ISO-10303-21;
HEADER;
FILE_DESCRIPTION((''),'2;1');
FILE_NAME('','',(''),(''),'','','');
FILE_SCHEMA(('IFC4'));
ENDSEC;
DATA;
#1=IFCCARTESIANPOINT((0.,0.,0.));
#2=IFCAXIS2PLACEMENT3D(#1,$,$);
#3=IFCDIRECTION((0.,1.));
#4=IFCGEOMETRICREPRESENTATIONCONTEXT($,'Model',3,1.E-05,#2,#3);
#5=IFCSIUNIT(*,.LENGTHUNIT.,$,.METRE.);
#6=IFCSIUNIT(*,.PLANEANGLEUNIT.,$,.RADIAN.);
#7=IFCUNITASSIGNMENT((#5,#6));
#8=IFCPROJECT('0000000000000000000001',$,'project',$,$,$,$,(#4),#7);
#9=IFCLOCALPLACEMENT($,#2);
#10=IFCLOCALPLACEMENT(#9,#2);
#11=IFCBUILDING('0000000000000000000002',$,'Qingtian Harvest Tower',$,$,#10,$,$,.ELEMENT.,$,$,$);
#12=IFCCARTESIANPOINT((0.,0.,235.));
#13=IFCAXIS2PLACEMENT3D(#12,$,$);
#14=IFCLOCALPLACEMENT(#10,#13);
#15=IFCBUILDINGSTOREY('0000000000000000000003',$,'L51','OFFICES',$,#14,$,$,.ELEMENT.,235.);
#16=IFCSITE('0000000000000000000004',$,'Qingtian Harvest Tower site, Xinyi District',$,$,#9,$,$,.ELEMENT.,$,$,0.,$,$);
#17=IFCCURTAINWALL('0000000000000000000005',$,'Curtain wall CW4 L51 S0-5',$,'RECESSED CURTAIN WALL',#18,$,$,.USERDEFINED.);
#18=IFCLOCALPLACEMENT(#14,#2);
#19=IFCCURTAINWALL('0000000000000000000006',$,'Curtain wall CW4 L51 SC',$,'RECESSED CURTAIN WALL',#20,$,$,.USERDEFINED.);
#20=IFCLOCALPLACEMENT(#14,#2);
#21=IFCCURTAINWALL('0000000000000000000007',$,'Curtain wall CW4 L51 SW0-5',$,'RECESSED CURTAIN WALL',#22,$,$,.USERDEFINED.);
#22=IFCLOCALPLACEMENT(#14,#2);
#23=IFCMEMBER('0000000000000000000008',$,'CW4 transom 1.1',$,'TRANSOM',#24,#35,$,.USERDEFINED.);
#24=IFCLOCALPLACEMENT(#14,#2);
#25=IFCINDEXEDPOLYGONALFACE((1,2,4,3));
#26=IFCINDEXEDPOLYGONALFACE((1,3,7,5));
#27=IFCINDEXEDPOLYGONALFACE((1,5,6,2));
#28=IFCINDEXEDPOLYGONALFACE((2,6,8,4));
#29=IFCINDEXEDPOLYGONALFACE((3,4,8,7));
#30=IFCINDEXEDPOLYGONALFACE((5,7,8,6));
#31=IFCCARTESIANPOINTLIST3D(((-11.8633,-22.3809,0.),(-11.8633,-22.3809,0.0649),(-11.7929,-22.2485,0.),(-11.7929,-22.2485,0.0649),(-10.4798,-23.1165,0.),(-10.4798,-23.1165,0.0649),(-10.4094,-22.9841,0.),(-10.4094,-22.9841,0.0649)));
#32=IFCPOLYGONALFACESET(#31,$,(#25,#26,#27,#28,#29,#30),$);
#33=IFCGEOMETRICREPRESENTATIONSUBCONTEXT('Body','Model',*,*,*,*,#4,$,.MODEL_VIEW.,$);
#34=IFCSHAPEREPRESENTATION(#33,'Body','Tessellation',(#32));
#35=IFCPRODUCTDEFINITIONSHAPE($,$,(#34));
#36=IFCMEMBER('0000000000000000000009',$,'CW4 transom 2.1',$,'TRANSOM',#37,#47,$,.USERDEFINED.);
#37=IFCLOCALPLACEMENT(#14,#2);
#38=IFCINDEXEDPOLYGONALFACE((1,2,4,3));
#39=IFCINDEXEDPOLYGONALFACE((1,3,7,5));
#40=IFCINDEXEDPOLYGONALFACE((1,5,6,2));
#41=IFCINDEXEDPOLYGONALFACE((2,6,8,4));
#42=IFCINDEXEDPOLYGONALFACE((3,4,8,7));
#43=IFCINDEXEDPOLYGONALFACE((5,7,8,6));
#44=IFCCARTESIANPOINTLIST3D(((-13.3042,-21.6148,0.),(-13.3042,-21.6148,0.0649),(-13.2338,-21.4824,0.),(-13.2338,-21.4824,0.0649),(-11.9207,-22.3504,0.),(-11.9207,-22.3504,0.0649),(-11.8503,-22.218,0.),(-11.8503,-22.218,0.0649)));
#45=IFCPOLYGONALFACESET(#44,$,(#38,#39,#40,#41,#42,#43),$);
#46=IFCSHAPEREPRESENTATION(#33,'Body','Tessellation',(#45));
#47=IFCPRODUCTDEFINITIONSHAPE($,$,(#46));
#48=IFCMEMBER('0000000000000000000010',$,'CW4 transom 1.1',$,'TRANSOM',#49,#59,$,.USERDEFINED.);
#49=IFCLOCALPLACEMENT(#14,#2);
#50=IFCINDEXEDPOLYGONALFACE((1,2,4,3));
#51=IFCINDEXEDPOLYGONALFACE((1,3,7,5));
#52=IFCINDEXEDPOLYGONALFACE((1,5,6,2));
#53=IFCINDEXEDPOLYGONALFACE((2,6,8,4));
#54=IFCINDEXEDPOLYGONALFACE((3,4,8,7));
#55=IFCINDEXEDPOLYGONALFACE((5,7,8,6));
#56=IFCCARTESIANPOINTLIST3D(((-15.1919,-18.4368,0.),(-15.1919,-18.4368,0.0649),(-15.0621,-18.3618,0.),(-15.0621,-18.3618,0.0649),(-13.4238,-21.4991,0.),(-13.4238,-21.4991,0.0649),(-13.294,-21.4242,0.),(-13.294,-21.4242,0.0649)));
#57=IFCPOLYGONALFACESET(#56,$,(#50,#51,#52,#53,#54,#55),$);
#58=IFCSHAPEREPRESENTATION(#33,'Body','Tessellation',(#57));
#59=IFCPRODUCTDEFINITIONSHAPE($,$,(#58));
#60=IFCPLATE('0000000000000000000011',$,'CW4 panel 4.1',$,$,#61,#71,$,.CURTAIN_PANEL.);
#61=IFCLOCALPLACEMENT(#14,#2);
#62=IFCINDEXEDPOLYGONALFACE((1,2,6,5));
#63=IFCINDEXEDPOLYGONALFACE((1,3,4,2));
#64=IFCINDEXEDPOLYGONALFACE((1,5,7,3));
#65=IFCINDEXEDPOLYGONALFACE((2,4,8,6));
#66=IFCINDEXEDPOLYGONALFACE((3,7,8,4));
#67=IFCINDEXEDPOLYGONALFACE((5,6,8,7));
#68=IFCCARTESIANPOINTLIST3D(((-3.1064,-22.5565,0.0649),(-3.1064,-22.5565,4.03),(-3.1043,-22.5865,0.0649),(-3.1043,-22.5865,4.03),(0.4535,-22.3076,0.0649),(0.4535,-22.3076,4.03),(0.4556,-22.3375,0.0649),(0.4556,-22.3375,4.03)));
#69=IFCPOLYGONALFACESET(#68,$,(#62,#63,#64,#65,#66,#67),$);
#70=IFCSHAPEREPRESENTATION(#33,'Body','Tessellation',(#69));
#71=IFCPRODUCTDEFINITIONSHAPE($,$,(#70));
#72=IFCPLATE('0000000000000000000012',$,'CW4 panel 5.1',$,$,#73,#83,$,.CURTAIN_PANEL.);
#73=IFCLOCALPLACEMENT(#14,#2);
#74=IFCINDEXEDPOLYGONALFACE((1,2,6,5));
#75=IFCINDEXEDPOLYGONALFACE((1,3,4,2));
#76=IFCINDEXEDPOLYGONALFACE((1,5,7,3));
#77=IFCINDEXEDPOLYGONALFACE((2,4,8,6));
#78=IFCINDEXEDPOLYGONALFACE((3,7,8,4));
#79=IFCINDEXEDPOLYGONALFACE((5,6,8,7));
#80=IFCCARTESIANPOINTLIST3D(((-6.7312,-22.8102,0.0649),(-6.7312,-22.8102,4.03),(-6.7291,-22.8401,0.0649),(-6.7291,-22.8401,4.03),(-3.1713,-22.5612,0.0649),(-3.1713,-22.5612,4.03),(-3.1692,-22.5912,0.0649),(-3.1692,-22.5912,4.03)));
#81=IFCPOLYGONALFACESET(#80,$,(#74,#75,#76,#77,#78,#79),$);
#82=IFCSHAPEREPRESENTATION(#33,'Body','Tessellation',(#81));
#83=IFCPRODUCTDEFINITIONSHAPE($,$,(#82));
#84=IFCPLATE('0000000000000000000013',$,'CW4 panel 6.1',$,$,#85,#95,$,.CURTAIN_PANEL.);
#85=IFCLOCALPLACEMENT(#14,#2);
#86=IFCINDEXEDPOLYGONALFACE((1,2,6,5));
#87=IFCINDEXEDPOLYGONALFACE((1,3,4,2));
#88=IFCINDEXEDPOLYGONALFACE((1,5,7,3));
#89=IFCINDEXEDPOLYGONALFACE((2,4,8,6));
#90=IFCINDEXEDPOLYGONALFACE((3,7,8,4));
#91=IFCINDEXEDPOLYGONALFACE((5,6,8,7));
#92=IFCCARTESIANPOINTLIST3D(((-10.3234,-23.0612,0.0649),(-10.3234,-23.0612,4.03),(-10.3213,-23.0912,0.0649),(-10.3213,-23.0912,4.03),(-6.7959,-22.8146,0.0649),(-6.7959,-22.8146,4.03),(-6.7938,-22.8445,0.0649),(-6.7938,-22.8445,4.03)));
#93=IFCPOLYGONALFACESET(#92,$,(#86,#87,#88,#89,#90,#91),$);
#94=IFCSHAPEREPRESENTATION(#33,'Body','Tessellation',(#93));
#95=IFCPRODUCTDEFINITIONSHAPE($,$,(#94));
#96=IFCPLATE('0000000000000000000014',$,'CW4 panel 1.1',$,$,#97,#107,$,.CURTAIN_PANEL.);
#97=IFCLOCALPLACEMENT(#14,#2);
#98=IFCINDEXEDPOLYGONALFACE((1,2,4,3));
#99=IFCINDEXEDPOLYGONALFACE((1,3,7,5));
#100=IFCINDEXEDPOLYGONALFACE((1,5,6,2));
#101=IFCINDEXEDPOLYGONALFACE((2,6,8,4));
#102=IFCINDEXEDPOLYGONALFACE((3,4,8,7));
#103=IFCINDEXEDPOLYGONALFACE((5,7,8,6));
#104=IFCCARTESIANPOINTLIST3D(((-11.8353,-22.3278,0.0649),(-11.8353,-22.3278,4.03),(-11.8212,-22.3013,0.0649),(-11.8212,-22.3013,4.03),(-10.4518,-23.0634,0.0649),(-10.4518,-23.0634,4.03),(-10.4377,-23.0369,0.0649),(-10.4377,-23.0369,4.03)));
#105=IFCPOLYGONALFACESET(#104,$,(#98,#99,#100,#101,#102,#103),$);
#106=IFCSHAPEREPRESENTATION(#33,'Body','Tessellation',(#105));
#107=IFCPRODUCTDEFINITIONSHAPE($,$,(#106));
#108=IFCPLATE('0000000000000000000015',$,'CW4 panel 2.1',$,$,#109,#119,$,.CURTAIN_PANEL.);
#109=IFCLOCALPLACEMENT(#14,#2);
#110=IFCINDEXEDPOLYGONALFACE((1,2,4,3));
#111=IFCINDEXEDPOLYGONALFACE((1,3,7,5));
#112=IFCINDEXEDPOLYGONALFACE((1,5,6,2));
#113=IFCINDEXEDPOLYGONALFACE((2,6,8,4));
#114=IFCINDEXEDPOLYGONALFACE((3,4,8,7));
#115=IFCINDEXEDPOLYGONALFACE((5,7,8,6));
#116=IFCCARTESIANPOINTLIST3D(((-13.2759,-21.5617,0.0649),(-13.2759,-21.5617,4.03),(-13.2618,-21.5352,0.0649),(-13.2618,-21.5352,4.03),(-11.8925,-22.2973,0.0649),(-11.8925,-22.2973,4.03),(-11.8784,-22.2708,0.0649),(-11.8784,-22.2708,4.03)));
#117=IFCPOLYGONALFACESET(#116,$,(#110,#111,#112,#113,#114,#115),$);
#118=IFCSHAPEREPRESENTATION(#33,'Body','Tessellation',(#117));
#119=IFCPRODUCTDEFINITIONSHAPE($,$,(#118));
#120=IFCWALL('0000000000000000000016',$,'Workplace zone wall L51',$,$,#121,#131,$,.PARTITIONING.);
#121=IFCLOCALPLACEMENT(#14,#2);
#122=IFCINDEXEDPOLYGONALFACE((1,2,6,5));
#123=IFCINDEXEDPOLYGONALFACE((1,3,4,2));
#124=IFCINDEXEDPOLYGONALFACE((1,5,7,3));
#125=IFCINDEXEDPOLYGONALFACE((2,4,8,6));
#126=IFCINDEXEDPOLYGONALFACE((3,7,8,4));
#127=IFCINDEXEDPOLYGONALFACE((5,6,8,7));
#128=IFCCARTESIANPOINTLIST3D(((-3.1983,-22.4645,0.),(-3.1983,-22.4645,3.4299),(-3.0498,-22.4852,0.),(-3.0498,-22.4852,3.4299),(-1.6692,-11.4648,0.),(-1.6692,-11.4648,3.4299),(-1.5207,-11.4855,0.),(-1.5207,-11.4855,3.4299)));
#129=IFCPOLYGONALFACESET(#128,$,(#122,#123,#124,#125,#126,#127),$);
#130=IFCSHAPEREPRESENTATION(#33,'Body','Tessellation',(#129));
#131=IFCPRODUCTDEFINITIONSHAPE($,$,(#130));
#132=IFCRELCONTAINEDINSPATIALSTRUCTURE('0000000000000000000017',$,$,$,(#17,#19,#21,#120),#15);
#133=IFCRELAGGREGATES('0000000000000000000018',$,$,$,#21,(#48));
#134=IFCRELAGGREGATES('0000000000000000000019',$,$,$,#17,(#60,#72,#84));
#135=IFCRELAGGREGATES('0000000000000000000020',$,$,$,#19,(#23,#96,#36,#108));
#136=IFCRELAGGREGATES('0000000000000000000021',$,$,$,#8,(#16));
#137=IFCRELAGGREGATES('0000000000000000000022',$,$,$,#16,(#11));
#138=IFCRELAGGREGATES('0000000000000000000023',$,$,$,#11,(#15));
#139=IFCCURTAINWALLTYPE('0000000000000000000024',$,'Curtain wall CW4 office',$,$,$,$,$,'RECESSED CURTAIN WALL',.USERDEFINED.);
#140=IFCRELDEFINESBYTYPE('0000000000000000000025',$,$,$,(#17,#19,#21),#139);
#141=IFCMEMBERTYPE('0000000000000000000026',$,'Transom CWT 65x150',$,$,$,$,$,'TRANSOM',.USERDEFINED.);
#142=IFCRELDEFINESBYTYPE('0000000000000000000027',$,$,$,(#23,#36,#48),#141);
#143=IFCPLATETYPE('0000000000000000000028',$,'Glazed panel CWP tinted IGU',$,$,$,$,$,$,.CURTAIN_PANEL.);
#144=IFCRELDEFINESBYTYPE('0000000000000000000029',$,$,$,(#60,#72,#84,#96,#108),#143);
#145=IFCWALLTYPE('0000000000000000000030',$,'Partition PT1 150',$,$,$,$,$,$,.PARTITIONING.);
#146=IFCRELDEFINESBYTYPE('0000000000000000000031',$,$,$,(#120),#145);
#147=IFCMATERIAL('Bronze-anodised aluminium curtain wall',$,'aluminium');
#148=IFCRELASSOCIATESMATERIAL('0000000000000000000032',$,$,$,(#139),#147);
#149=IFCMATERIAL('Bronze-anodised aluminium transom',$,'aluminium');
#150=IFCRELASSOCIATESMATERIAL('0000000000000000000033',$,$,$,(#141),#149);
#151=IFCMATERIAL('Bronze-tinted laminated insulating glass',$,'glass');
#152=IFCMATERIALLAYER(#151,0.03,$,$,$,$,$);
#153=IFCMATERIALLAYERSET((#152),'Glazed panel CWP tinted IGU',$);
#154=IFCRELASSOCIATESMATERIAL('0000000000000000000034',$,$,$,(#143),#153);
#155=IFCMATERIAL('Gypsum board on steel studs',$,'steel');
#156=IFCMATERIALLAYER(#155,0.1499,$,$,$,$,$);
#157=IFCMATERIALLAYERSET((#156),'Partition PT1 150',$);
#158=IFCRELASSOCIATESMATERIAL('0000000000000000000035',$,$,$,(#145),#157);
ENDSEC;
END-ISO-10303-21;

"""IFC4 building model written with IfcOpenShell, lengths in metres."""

from ifc_helpers import new_model, si_unit, direction, frame, frame_2d, origin, origin_2d, place, context, subcontext, project, spatial, rectangle, extrude, material, layer, layer_set, material_profile, profile_set, type_object, element, aggregate, save


model = new_model("IFC4")

# Units and contexts
model_context = context("Model", 3, precision=1e-05, world=origin(), true_north=direction((0.0, 1.0)))
body_context = subcontext(model_context, "Body", "Model", "MODEL_VIEW")
ifc_project = project(units=[si_unit("LENGTHUNIT", "METRE"), si_unit("PLANEANGLEUNIT", "RADIAN")], contexts=[model_context])

# Site, building, storey
site_placement = place(None, origin())
site = spatial("IfcSite", under=ifc_project, at=site_placement, Name="Qingtian Harvest Tower site, Xinyi District", CompositionType="ELEMENT", RefElevation=0.0)
building_placement = place(site_placement, origin())
building = spatial("IfcBuilding", under=site, at=building_placement, Name="Qingtian Harvest Tower", CompositionType="ELEMENT")
storey_placement = place(building_placement, frame((0.0, 0.0, 235.0)))
storey = spatial("IfcBuildingStorey", under=building, at=storey_placement, Name="L51", Description="OFFICES", CompositionType="ELEMENT", Elevation=235.0)

# Curtain walls
ifc_material_1 = material(Name="Bronze-anodised aluminium curtain wall", Category="aluminium")
curtain_wall_type = type_object("IfcCurtainWallType", Name="Curtain wall CW4 office", ElementType="RECESSED CURTAIN WALL", PredefinedType="USERDEFINED", material=ifc_material_1)
curtain_wall_1_placement = place(storey_placement, origin())
curtain_wall_1 = element("IfcCurtainWall", 1, at=curtain_wall_1_placement, inside=storey, type_object=curtain_wall_type, Name="Curtain wall CW4 L51 S0-5", ObjectType="RECESSED CURTAIN WALL", PredefinedType="USERDEFINED")
curtain_wall_2_placement = place(storey_placement, origin())
curtain_wall_2 = element("IfcCurtainWall", 2, at=curtain_wall_2_placement, inside=storey, type_object=curtain_wall_type, Name="Curtain wall CW4 L51 SC", ObjectType="RECESSED CURTAIN WALL", PredefinedType="USERDEFINED")

# Curtain wall
curtain_wall_3_placement = place(storey_placement, origin())
curtain_wall_3 = element("IfcCurtainWall", 3, at=curtain_wall_3_placement, inside=storey, type_object=curtain_wall_type, Name="Curtain wall CW4 L51 SW0-5", ObjectType="RECESSED CURTAIN WALL", PredefinedType="USERDEFINED")

# Members
ifc_material_2 = material(Name="Bronze-anodised aluminium transom", Category="aluminium")
ifc_material_profile_1 = material_profile(ifc_material_2, rectangle(XDim=0.1499, YDim=0.0649, at=origin_2d()), Name="AL 65x150")
ifc_profile_set_1 = profile_set([ifc_material_profile_1], Name="Bronze-anodised aluminium transom")
member_type_1 = type_object("IfcMemberType", Name="Transom CWT 65x150", ElementType="TRANSOM", PredefinedType="USERDEFINED", material=ifc_profile_set_1)
member_1_placement = place(storey_placement, frame((-10.4446, -23.0503, 0.0325), z_axis=(-0.88296, 0.469448, 0.0), x_axis=(-0.469448, -0.88296, 0.0)))
member_1 = element("IfcMember", 4, at=member_1_placement, type_object=member_type_1, Name="CW4 transom 1.1", ObjectType="TRANSOM", PredefinedType="USERDEFINED", context=body_context, shape_type="SweptSolid", body=[
    extrude(rectangle(XDim=0.1499, YDim=0.0649, at=origin_2d()), origin(), (0.0, 0.0, 1.0), 1.5669),
])
member_2_placement = place(storey_placement, frame((-11.8855, -22.2842, 0.0325), z_axis=(-0.88296, 0.469448, 0.0), x_axis=(-0.469448, -0.88296, 0.0)))
member_2 = element("IfcMember", 5, at=member_2_placement, type_object=member_type_1, Name="CW4 transom 2.1", ObjectType="TRANSOM", PredefinedType="USERDEFINED", context=body_context, shape_type="SweptSolid", body=[
    extrude(rectangle(XDim=0.1499, YDim=0.0649, at=origin_2d()), origin(), (0.0, 0.0, 1.0), 1.5669),
])
member_3_placement = place(storey_placement, frame((-13.3589, -21.4617, 0.0325), z_axis=(-0.500015, 0.866017, 0.0), x_axis=(-0.866017, -0.500015, 0.0)))
member_3 = element("IfcMember", 6, at=member_3_placement, type_object=member_type_1, Name="CW4 transom 1.1", ObjectType="TRANSOM", PredefinedType="USERDEFINED", context=body_context, shape_type="SweptSolid", body=[
    extrude(rectangle(XDim=0.1499, YDim=0.0649, at=origin_2d()), origin(), (0.0, 0.0, 1.0), 3.5361),
])
aggregate(curtain_wall_3, [member_3])

# Plates
ifc_material_3 = material(Name="Bronze-tinted laminated insulating glass", Category="glass")
ifc_layer_1 = layer(ifc_material_3, 0.03)
ifc_layer_set_1 = layer_set([ifc_layer_1], Name="Glazed panel CWP tinted IGU")
plate_type = type_object("IfcPlateType", Name="Glazed panel CWP tinted IGU", PredefinedType="CURTAIN_PANEL", material=ifc_layer_set_1)
plate_1_placement = place(storey_placement, frame((-1.3254, -22.447, 0.0649), z_axis=(0.0, 0.0, 1.0), x_axis=(-0.997564, -0.069756, 0.0)))
plate_1 = element("IfcPlate", 7, at=plate_1_placement, type_object=plate_type, Name="CW4 panel 4.1", PredefinedType="CURTAIN_PANEL", context=body_context, shape_type="SweptSolid", body=[
    extrude(rectangle(XDim=3.5686, YDim=0.03, at=origin_2d()), origin(), (0.0, 0.0, 1.0), 3.9651),
])
plate_2_placement = place(storey_placement, frame((-4.9502, -22.7007, 0.0649), z_axis=(0.0, 0.0, 1.0), x_axis=(-0.997564, -0.069756, 0.0)))
plate_2 = element("IfcPlate", 8, at=plate_2_placement, type_object=plate_type, Name="CW4 panel 5.1", PredefinedType="CURTAIN_PANEL", context=body_context, shape_type="SweptSolid", body=[
    extrude(rectangle(XDim=3.5686, YDim=0.03, at=origin_2d()), origin(), (0.0, 0.0, 1.0), 3.9651),
])
plate_3_placement = place(storey_placement, frame((-8.5586, -22.9529, 0.0649), z_axis=(0.0, 0.0, 1.0), x_axis=(-0.997564, -0.069756, 0.0)))
plate_3 = element("IfcPlate", 9, at=plate_3_placement, type_object=plate_type, Name="CW4 panel 6.1", PredefinedType="CURTAIN_PANEL", context=body_context, shape_type="SweptSolid", body=[
    extrude(rectangle(XDim=3.5361, YDim=0.03, at=origin_2d()), origin(), (0.0, 0.0, 1.0), 3.9651),
])
aggregate(curtain_wall_1, [plate_1, plate_2, plate_3])
plate_4_placement = place(storey_placement, frame((-11.1365, -22.6824, 0.0649), z_axis=(0.0, 0.0, 1.0), x_axis=(-0.882948, 0.469472, 0.0)))
plate_4 = element("IfcPlate", 10, at=plate_4_placement, type_object=plate_type, Name="CW4 panel 1.1", PredefinedType="CURTAIN_PANEL", context=body_context, shape_type="SweptSolid", body=[
    extrude(rectangle(XDim=1.5669, YDim=0.03, at=origin_2d()), origin(), (0.0, 0.0, 1.0), 3.9651),
])
plate_5_placement = place(storey_placement, frame((-12.5771, -21.9163, 0.0649), z_axis=(0.0, 0.0, 1.0), x_axis=(-0.882948, 0.469472, 0.0)))
plate_5 = element("IfcPlate", 11, at=plate_5_placement, type_object=plate_type, Name="CW4 panel 2.1", PredefinedType="CURTAIN_PANEL", context=body_context, shape_type="SweptSolid", body=[
    extrude(rectangle(XDim=1.5669, YDim=0.03, at=origin_2d()), origin(), (0.0, 0.0, 1.0), 3.9651),
])
aggregate(curtain_wall_2, [member_1, plate_4, member_2, plate_5])

# Wall
ifc_material_4 = material(Name="Gypsum board on steel studs", Category="steel")
ifc_layer_2 = layer(ifc_material_4, 0.1499)
ifc_layer_set_2 = layer_set([ifc_layer_2], Name="Partition PT1 150")
wall_type = type_object("IfcWallType", Name="Partition PT1 150", PredefinedType="PARTITIONING", material=ifc_layer_set_2)
wall_placement = place(storey_placement, frame((-3.124, -22.4749, 0.0), z_axis=(0.0, 0.0, 1.0), x_axis=(0.137684, 0.990476, 0.0)))
element("IfcWall", 12, at=wall_placement, inside=storey, type_object=wall_type, Name="Workplace zone wall L51", PredefinedType="PARTITIONING", context=body_context, shape_type="SweptSolid", body=[
    extrude(rectangle(XDim=11.1055, YDim=0.1499, at=frame_2d((5.5527, 0.0))), origin(), (0.0, 0.0, 1.0), 3.4299),
])

save(model, "model.ifc")
